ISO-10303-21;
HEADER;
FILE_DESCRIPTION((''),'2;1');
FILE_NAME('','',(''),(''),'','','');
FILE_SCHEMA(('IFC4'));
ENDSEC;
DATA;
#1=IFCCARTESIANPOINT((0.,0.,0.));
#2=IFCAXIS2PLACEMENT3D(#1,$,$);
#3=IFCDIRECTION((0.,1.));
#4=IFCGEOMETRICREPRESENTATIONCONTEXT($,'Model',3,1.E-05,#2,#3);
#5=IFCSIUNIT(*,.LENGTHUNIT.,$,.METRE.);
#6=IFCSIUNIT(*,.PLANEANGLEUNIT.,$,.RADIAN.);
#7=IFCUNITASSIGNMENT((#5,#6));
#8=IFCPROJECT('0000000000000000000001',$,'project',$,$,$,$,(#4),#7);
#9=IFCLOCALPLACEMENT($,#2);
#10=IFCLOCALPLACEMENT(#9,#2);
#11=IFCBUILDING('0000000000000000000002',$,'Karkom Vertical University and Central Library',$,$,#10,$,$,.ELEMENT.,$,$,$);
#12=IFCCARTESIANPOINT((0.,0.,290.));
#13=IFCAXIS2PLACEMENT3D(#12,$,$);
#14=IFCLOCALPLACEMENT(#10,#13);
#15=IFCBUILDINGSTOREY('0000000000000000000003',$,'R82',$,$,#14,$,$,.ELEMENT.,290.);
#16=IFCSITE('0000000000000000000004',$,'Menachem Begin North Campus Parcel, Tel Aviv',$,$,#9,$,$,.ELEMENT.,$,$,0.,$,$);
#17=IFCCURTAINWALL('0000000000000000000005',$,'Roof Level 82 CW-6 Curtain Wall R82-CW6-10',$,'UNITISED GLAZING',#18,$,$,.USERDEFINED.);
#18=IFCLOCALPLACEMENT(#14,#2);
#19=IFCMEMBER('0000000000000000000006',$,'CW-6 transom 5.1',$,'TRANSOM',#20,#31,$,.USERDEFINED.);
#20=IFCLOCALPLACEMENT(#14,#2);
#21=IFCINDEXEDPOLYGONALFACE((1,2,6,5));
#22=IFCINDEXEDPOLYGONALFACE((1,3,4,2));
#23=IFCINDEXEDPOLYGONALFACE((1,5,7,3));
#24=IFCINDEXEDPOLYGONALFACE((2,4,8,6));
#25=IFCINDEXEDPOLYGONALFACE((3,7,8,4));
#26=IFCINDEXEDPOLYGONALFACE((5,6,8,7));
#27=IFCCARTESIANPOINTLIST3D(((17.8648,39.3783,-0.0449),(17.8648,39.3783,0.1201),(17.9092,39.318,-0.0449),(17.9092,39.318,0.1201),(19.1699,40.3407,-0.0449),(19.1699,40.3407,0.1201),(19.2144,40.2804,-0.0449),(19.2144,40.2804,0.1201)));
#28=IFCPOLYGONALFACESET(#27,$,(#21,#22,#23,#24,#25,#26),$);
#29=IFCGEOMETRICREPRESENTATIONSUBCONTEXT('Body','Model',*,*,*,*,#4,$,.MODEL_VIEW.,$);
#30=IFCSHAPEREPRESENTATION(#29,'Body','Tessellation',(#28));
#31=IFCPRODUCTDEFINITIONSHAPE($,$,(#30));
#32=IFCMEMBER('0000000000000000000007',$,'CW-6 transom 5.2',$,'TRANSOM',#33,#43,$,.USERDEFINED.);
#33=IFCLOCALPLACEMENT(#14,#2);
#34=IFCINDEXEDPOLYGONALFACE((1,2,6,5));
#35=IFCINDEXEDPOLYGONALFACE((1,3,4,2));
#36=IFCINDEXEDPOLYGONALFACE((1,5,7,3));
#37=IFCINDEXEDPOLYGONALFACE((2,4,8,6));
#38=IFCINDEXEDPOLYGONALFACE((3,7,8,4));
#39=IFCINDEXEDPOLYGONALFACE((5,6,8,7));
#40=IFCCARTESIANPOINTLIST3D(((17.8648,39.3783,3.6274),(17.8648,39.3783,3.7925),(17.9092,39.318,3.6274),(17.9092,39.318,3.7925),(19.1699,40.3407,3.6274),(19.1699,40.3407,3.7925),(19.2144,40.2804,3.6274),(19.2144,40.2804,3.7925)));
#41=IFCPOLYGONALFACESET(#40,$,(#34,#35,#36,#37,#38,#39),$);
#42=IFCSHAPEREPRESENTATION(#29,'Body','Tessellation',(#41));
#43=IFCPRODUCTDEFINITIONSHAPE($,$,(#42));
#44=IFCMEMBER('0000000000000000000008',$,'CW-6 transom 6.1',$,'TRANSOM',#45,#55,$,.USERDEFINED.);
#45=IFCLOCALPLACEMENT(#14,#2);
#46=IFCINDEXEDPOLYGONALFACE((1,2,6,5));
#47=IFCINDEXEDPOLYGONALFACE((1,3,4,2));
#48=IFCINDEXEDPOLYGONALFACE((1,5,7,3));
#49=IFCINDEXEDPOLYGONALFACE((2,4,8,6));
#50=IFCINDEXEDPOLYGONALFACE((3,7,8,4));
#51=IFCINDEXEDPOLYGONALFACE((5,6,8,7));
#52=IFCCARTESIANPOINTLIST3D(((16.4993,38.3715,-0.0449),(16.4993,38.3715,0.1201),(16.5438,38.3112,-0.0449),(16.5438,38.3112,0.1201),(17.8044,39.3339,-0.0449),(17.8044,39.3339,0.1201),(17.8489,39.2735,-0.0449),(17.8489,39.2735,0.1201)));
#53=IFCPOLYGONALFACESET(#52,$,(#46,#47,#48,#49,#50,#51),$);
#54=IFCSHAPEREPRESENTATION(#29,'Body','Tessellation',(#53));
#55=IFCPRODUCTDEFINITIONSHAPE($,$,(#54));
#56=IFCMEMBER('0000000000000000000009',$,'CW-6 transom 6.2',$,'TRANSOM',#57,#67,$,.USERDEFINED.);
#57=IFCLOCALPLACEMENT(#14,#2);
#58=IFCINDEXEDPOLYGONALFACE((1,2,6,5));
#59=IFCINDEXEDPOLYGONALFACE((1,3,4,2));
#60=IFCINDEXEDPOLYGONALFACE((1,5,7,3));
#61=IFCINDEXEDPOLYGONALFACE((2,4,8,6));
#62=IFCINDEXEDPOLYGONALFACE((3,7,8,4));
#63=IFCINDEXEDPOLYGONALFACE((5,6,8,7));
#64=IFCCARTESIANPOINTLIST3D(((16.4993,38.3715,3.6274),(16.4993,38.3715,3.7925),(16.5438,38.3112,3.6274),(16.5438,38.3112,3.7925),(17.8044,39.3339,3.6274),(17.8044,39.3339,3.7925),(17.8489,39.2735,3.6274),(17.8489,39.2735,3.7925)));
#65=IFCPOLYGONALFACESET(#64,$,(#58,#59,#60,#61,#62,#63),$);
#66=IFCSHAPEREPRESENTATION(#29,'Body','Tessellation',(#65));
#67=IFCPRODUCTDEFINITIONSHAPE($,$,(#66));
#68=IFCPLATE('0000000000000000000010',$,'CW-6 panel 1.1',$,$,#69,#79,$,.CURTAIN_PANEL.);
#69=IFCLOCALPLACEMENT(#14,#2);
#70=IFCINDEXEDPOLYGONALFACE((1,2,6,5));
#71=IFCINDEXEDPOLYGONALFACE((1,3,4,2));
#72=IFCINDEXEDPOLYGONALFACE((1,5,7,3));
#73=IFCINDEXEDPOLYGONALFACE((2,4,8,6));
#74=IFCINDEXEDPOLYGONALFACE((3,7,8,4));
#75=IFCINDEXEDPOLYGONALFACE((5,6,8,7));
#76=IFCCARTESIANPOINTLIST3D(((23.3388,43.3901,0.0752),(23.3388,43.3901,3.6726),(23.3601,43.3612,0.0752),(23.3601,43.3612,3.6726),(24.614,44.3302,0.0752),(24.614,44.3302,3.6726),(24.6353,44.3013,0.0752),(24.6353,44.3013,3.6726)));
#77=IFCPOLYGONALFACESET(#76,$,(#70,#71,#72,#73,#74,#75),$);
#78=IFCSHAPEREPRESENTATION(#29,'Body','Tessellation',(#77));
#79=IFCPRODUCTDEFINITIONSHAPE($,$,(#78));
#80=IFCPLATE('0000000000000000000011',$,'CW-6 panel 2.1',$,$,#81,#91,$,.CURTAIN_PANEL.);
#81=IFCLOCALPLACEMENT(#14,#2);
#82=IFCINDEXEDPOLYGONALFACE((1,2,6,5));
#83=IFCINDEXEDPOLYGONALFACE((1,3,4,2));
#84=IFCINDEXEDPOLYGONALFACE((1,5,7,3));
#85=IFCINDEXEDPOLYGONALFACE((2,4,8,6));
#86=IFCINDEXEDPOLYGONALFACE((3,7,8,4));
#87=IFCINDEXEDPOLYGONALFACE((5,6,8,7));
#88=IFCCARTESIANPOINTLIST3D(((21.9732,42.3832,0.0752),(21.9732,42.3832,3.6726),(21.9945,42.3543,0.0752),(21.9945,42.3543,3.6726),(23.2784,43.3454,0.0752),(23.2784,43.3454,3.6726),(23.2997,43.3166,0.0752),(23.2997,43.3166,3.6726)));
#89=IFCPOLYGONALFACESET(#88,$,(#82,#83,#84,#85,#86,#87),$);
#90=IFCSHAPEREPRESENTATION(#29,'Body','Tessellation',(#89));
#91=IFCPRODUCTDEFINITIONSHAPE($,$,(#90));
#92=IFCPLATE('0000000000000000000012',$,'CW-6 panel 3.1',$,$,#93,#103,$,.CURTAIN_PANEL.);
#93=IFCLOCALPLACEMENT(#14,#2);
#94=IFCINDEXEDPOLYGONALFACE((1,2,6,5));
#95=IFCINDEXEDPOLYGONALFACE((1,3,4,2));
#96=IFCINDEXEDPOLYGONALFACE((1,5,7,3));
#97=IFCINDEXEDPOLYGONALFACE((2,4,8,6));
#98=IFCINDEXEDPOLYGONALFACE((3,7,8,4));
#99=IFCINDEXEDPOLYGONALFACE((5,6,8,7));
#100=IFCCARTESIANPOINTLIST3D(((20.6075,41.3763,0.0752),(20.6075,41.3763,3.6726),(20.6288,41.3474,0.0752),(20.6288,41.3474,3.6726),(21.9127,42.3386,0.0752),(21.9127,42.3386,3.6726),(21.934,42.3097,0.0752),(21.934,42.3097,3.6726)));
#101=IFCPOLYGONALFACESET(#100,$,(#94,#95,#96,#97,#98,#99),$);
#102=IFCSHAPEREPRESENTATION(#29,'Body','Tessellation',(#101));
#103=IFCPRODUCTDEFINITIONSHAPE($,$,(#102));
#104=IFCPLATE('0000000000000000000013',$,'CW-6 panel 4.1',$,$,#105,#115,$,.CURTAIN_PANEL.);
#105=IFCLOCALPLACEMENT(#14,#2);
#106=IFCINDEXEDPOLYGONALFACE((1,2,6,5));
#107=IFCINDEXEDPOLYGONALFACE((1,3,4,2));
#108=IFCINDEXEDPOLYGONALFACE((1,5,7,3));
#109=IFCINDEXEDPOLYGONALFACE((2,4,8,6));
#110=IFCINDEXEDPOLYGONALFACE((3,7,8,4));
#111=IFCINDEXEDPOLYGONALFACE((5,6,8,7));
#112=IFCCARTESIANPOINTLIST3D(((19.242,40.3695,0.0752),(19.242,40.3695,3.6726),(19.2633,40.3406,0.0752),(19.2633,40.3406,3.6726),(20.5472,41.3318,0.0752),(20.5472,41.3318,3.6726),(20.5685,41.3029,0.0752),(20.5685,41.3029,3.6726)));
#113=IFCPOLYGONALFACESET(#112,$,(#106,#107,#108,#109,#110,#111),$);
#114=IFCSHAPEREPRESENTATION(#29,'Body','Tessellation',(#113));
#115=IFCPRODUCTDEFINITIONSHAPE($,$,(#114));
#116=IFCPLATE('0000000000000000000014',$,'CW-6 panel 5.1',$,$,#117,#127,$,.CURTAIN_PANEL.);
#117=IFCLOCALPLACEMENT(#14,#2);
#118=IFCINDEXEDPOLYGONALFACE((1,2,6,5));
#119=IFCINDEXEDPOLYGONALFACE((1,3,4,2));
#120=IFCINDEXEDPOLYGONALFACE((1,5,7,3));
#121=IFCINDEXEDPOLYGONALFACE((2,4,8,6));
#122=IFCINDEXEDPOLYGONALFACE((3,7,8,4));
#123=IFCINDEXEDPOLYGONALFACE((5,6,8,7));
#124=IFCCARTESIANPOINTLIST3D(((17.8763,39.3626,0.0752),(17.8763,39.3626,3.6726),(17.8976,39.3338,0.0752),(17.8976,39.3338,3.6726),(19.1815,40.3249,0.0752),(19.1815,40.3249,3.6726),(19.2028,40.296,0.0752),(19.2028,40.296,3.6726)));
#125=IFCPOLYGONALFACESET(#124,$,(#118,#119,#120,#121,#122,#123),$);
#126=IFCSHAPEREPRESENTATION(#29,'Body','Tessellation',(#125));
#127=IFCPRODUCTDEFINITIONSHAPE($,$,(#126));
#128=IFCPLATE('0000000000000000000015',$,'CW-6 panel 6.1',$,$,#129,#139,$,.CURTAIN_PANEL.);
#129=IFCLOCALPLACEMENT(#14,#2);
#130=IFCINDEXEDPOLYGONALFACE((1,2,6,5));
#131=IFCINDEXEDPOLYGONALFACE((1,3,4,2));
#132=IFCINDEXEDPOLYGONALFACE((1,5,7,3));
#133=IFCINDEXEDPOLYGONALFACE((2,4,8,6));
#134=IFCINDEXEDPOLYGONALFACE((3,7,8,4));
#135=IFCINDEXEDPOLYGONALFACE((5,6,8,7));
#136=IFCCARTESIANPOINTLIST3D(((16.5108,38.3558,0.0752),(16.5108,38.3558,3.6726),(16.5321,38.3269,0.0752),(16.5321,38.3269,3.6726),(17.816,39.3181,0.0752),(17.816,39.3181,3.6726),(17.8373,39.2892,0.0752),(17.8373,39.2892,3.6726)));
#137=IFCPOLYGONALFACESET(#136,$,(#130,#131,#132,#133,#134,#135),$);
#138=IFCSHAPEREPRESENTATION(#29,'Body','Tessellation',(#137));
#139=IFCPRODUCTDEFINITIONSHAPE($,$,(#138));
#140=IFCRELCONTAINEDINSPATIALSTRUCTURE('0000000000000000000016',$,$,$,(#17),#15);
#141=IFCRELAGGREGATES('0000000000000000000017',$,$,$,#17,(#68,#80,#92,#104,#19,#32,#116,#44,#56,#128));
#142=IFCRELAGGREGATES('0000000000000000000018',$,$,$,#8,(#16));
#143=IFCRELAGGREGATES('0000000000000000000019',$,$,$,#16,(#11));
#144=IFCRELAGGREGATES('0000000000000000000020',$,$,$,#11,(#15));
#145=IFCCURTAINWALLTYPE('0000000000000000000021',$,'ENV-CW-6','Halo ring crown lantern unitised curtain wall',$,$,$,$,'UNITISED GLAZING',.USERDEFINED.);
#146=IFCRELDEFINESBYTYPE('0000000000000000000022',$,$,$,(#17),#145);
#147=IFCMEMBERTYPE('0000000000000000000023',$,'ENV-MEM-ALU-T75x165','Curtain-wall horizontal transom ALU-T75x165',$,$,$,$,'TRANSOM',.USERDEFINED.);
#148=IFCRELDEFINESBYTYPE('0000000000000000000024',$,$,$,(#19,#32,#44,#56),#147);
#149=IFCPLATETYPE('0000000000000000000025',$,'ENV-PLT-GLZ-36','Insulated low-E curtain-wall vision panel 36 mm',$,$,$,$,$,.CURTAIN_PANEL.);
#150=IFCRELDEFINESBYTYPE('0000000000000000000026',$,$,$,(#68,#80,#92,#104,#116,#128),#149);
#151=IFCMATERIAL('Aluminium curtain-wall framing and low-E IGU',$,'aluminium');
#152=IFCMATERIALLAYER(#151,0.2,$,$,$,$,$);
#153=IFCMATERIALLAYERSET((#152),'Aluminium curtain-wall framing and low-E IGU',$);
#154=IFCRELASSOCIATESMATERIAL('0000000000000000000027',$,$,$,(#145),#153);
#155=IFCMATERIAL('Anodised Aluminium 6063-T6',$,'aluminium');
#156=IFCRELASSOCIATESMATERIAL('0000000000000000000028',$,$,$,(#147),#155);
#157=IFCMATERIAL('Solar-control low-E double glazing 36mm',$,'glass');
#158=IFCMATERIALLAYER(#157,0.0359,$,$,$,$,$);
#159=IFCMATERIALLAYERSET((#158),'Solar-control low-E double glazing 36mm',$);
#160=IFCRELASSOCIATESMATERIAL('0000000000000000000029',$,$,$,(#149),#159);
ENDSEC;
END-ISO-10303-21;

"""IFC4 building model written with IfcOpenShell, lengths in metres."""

from ifc_helpers import new_model, si_unit, direction, frame, origin, origin_with_axes, origin_2d, place, context, subcontext, project, spatial, rectangle, extrude, source, transform, mapped, material, layer, layer_set, material_profile, profile_set, type_object, element, aggregate, save


model = new_model("IFC4")

# Units and contexts
model_context = context("Model", 3, precision=1e-05, world=origin(), true_north=direction((0.0, 1.0)))
body_context = subcontext(model_context, "Body", "Model", "MODEL_VIEW")
ifc_project = project(units=[si_unit("LENGTHUNIT", "METRE"), si_unit("PLANEANGLEUNIT", "RADIAN")], contexts=[model_context])

# Site, building, storey
site_placement = place(None, origin())
site = spatial("IfcSite", under=ifc_project, at=site_placement, Name="Menachem Begin North Campus Parcel, Tel Aviv", CompositionType="ELEMENT", RefElevation=0.0)
building_placement = place(site_placement, origin())
building = spatial("IfcBuilding", under=site, at=building_placement, Name="Karkom Vertical University and Central Library", CompositionType="ELEMENT")
storey_placement = place(building_placement, frame((0.0, 0.0, 290.0)))
storey = spatial("IfcBuildingStorey", under=building, at=storey_placement, Name="R82", CompositionType="ELEMENT", Elevation=290.0)

# Curtain wall, members, plates
ifc_material_1 = material(Name="Aluminium curtain-wall framing and low-E IGU", Category="aluminium")
ifc_layer_1 = layer(ifc_material_1, 0.2)
ifc_layer_set_1 = layer_set([ifc_layer_1], Name="Aluminium curtain-wall framing and low-E IGU")
curtain_wall_type = type_object("IfcCurtainWallType", Name="ENV-CW-6", Description="Halo ring crown lantern unitised curtain wall", ElementType="UNITISED GLAZING", PredefinedType="USERDEFINED", material=ifc_layer_set_1)
curtain_wall_placement = place(storey_placement, origin())
curtain_wall = element("IfcCurtainWall", 1, at=curtain_wall_placement, inside=storey, type_object=curtain_wall_type, Name="Roof Level 82 CW-6 Curtain Wall R82-CW6-10", ObjectType="UNITISED GLAZING", PredefinedType="USERDEFINED")
ifc_material_2 = material(Name="Anodised Aluminium 6063-T6", Category="aluminium")
ifc_material_profile_1 = material_profile(ifc_material_2, rectangle(XDim=0.075, YDim=0.165, at=origin_2d()), Name="ALU-T75x165")
ifc_profile_set_1 = profile_set([ifc_material_profile_1], Name="Anodised Aluminium 6063-T6")
member_type_1 = type_object("IfcMemberType", Name="ENV-MEM-ALU-T75x165", Description="Curtain-wall horizontal transom ALU-T75x165", ElementType="TRANSOM", PredefinedType="USERDEFINED", material=ifc_profile_set_1)
shared_shape_1 = source(origin_with_axes(), body_context, "Body", "SweptSolid", [
    extrude(rectangle(XDim=0.075, YDim=0.165, at=origin_2d()), origin(), (0.0, 0.0, 1.0), 1.6216),
])
member_1_placement = place(storey_placement, frame((19.1921, 40.3105, 0.0376), z_axis=(-0.804851, -0.593476, 0.0), x_axis=(0.593476, -0.804851, 0.0)))
member_1 = element("IfcMember", 2, at=member_1_placement, type_object=member_type_1, Name="CW-6 transom 5.1", ObjectType="TRANSOM", PredefinedType="USERDEFINED", context=body_context, shape_type="MappedRepresentation", body=[
    mapped(shared_shape_1, transform((0.0, 0.0, 0.0), scale=1.0)),
])
member_2_placement = place(storey_placement, frame((19.1921, 40.3105, 3.71), z_axis=(-0.804851, -0.593476, 0.0), x_axis=(0.593476, -0.804851, 0.0)))
member_2 = element("IfcMember", 3, at=member_2_placement, type_object=member_type_1, Name="CW-6 transom 5.2", ObjectType="TRANSOM", PredefinedType="USERDEFINED", context=body_context, shape_type="MappedRepresentation", body=[
    mapped(shared_shape_1, transform((0.0, 0.0, 0.0), scale=1.0)),
])
member_3_placement = place(storey_placement, frame((17.8267, 39.3037, 0.0376), z_axis=(-0.804851, -0.593476, 0.0), x_axis=(0.593476, -0.804851, 0.0)))
member_3 = element("IfcMember", 4, at=member_3_placement, type_object=member_type_1, Name="CW-6 transom 6.1", ObjectType="TRANSOM", PredefinedType="USERDEFINED", context=body_context, shape_type="MappedRepresentation", body=[
    mapped(shared_shape_1, transform((0.0, 0.0, 0.0), scale=1.0)),
])
member_4_placement = place(storey_placement, frame((17.8267, 39.3037, 3.71), z_axis=(-0.804851, -0.593476, 0.0), x_axis=(0.593476, -0.804851, 0.0)))
member_4 = element("IfcMember", 5, at=member_4_placement, type_object=member_type_1, Name="CW-6 transom 6.2", ObjectType="TRANSOM", PredefinedType="USERDEFINED", context=body_context, shape_type="MappedRepresentation", body=[
    mapped(shared_shape_1, transform((0.0, 0.0, 0.0), scale=1.0)),
])
ifc_material_3 = material(Name="Solar-control low-E double glazing 36mm", Category="glass")
ifc_layer_2 = layer(ifc_material_3, 0.0359)
ifc_layer_set_2 = layer_set([ifc_layer_2], Name="Solar-control low-E double glazing 36mm")
plate_type = type_object("IfcPlateType", Name="ENV-PLT-GLZ-36", Description="Insulated low-E curtain-wall vision panel 36 mm", PredefinedType="CURTAIN_PANEL", material=ifc_layer_set_2)
shared_shape_2 = source(origin_with_axes(), body_context, "Body", "SweptSolid", [
    extrude(rectangle(XDim=1.5842, YDim=0.0359, at=origin_2d()), origin(), (0.0, 0.0, 1.0), 3.5974),
])
plate_1_placement = place(storey_placement, frame((23.9871, 43.8457, 0.0752), z_axis=(0.0, 0.0, 1.0), x_axis=(-0.804887, -0.593428, 0.0)))
plate_1 = element("IfcPlate", 6, at=plate_1_placement, type_object=plate_type, Name="CW-6 panel 1.1", PredefinedType="CURTAIN_PANEL", context=body_context, shape_type="MappedRepresentation", body=[
    mapped(shared_shape_2, transform((0.0, 0.0, 0.0), scale=1.0)),
])
shared_shape_3 = source(origin_with_axes(), body_context, "Body", "SweptSolid", [
    extrude(rectangle(XDim=1.6216, YDim=0.0359, at=origin_2d()), origin(), (0.0, 0.0, 1.0), 3.5974),
])
plate_2_placement = place(storey_placement, frame((22.6365, 42.8499, 0.0752), z_axis=(0.0, 0.0, 1.0), x_axis=(-0.804887, -0.593428, 0.0)))
plate_2 = element("IfcPlate", 7, at=plate_2_placement, type_object=plate_type, Name="CW-6 panel 2.1", PredefinedType="CURTAIN_PANEL", context=body_context, shape_type="MappedRepresentation", body=[
    mapped(shared_shape_3, transform((0.0, 0.0, 0.0), scale=1.0)),
])
plate_3_placement = place(storey_placement, frame((21.2708, 41.843, 0.0752), z_axis=(0.0, 0.0, 1.0), x_axis=(-0.804887, -0.593428, 0.0)))
plate_3 = element("IfcPlate", 8, at=plate_3_placement, type_object=plate_type, Name="CW-6 panel 3.1", PredefinedType="CURTAIN_PANEL", context=body_context, shape_type="MappedRepresentation", body=[
    mapped(shared_shape_3, transform((0.0, 0.0, 0.0), scale=1.0)),
])
plate_4_placement = place(storey_placement, frame((19.9053, 40.8362, 0.0752), z_axis=(0.0, 0.0, 1.0), x_axis=(-0.804887, -0.593428, 0.0)))
plate_4 = element("IfcPlate", 9, at=plate_4_placement, type_object=plate_type, Name="CW-6 panel 4.1", PredefinedType="CURTAIN_PANEL", context=body_context, shape_type="MappedRepresentation", body=[
    mapped(shared_shape_3, transform((0.0, 0.0, 0.0), scale=1.0)),
])
plate_5_placement = place(storey_placement, frame((18.5396, 39.8293, 0.0752), z_axis=(0.0, 0.0, 1.0), x_axis=(-0.804887, -0.593428, 0.0)))
plate_5 = element("IfcPlate", 10, at=plate_5_placement, type_object=plate_type, Name="CW-6 panel 5.1", PredefinedType="CURTAIN_PANEL", context=body_context, shape_type="MappedRepresentation", body=[
    mapped(shared_shape_3, transform((0.0, 0.0, 0.0), scale=1.0)),
])
plate_6_placement = place(storey_placement, frame((17.1741, 38.8225, 0.0752), z_axis=(0.0, 0.0, 1.0), x_axis=(-0.804887, -0.593428, 0.0)))
plate_6 = element("IfcPlate", 11, at=plate_6_placement, type_object=plate_type, Name="CW-6 panel 6.1", PredefinedType="CURTAIN_PANEL", context=body_context, shape_type="MappedRepresentation", body=[
    mapped(shared_shape_3, transform((0.0, 0.0, 0.0), scale=1.0)),
])
aggregate(curtain_wall, [plate_1, plate_2, plate_3, plate_4, member_1, member_2, plate_5, member_3, member_4, plate_6])

save(model, "model.ifc")
